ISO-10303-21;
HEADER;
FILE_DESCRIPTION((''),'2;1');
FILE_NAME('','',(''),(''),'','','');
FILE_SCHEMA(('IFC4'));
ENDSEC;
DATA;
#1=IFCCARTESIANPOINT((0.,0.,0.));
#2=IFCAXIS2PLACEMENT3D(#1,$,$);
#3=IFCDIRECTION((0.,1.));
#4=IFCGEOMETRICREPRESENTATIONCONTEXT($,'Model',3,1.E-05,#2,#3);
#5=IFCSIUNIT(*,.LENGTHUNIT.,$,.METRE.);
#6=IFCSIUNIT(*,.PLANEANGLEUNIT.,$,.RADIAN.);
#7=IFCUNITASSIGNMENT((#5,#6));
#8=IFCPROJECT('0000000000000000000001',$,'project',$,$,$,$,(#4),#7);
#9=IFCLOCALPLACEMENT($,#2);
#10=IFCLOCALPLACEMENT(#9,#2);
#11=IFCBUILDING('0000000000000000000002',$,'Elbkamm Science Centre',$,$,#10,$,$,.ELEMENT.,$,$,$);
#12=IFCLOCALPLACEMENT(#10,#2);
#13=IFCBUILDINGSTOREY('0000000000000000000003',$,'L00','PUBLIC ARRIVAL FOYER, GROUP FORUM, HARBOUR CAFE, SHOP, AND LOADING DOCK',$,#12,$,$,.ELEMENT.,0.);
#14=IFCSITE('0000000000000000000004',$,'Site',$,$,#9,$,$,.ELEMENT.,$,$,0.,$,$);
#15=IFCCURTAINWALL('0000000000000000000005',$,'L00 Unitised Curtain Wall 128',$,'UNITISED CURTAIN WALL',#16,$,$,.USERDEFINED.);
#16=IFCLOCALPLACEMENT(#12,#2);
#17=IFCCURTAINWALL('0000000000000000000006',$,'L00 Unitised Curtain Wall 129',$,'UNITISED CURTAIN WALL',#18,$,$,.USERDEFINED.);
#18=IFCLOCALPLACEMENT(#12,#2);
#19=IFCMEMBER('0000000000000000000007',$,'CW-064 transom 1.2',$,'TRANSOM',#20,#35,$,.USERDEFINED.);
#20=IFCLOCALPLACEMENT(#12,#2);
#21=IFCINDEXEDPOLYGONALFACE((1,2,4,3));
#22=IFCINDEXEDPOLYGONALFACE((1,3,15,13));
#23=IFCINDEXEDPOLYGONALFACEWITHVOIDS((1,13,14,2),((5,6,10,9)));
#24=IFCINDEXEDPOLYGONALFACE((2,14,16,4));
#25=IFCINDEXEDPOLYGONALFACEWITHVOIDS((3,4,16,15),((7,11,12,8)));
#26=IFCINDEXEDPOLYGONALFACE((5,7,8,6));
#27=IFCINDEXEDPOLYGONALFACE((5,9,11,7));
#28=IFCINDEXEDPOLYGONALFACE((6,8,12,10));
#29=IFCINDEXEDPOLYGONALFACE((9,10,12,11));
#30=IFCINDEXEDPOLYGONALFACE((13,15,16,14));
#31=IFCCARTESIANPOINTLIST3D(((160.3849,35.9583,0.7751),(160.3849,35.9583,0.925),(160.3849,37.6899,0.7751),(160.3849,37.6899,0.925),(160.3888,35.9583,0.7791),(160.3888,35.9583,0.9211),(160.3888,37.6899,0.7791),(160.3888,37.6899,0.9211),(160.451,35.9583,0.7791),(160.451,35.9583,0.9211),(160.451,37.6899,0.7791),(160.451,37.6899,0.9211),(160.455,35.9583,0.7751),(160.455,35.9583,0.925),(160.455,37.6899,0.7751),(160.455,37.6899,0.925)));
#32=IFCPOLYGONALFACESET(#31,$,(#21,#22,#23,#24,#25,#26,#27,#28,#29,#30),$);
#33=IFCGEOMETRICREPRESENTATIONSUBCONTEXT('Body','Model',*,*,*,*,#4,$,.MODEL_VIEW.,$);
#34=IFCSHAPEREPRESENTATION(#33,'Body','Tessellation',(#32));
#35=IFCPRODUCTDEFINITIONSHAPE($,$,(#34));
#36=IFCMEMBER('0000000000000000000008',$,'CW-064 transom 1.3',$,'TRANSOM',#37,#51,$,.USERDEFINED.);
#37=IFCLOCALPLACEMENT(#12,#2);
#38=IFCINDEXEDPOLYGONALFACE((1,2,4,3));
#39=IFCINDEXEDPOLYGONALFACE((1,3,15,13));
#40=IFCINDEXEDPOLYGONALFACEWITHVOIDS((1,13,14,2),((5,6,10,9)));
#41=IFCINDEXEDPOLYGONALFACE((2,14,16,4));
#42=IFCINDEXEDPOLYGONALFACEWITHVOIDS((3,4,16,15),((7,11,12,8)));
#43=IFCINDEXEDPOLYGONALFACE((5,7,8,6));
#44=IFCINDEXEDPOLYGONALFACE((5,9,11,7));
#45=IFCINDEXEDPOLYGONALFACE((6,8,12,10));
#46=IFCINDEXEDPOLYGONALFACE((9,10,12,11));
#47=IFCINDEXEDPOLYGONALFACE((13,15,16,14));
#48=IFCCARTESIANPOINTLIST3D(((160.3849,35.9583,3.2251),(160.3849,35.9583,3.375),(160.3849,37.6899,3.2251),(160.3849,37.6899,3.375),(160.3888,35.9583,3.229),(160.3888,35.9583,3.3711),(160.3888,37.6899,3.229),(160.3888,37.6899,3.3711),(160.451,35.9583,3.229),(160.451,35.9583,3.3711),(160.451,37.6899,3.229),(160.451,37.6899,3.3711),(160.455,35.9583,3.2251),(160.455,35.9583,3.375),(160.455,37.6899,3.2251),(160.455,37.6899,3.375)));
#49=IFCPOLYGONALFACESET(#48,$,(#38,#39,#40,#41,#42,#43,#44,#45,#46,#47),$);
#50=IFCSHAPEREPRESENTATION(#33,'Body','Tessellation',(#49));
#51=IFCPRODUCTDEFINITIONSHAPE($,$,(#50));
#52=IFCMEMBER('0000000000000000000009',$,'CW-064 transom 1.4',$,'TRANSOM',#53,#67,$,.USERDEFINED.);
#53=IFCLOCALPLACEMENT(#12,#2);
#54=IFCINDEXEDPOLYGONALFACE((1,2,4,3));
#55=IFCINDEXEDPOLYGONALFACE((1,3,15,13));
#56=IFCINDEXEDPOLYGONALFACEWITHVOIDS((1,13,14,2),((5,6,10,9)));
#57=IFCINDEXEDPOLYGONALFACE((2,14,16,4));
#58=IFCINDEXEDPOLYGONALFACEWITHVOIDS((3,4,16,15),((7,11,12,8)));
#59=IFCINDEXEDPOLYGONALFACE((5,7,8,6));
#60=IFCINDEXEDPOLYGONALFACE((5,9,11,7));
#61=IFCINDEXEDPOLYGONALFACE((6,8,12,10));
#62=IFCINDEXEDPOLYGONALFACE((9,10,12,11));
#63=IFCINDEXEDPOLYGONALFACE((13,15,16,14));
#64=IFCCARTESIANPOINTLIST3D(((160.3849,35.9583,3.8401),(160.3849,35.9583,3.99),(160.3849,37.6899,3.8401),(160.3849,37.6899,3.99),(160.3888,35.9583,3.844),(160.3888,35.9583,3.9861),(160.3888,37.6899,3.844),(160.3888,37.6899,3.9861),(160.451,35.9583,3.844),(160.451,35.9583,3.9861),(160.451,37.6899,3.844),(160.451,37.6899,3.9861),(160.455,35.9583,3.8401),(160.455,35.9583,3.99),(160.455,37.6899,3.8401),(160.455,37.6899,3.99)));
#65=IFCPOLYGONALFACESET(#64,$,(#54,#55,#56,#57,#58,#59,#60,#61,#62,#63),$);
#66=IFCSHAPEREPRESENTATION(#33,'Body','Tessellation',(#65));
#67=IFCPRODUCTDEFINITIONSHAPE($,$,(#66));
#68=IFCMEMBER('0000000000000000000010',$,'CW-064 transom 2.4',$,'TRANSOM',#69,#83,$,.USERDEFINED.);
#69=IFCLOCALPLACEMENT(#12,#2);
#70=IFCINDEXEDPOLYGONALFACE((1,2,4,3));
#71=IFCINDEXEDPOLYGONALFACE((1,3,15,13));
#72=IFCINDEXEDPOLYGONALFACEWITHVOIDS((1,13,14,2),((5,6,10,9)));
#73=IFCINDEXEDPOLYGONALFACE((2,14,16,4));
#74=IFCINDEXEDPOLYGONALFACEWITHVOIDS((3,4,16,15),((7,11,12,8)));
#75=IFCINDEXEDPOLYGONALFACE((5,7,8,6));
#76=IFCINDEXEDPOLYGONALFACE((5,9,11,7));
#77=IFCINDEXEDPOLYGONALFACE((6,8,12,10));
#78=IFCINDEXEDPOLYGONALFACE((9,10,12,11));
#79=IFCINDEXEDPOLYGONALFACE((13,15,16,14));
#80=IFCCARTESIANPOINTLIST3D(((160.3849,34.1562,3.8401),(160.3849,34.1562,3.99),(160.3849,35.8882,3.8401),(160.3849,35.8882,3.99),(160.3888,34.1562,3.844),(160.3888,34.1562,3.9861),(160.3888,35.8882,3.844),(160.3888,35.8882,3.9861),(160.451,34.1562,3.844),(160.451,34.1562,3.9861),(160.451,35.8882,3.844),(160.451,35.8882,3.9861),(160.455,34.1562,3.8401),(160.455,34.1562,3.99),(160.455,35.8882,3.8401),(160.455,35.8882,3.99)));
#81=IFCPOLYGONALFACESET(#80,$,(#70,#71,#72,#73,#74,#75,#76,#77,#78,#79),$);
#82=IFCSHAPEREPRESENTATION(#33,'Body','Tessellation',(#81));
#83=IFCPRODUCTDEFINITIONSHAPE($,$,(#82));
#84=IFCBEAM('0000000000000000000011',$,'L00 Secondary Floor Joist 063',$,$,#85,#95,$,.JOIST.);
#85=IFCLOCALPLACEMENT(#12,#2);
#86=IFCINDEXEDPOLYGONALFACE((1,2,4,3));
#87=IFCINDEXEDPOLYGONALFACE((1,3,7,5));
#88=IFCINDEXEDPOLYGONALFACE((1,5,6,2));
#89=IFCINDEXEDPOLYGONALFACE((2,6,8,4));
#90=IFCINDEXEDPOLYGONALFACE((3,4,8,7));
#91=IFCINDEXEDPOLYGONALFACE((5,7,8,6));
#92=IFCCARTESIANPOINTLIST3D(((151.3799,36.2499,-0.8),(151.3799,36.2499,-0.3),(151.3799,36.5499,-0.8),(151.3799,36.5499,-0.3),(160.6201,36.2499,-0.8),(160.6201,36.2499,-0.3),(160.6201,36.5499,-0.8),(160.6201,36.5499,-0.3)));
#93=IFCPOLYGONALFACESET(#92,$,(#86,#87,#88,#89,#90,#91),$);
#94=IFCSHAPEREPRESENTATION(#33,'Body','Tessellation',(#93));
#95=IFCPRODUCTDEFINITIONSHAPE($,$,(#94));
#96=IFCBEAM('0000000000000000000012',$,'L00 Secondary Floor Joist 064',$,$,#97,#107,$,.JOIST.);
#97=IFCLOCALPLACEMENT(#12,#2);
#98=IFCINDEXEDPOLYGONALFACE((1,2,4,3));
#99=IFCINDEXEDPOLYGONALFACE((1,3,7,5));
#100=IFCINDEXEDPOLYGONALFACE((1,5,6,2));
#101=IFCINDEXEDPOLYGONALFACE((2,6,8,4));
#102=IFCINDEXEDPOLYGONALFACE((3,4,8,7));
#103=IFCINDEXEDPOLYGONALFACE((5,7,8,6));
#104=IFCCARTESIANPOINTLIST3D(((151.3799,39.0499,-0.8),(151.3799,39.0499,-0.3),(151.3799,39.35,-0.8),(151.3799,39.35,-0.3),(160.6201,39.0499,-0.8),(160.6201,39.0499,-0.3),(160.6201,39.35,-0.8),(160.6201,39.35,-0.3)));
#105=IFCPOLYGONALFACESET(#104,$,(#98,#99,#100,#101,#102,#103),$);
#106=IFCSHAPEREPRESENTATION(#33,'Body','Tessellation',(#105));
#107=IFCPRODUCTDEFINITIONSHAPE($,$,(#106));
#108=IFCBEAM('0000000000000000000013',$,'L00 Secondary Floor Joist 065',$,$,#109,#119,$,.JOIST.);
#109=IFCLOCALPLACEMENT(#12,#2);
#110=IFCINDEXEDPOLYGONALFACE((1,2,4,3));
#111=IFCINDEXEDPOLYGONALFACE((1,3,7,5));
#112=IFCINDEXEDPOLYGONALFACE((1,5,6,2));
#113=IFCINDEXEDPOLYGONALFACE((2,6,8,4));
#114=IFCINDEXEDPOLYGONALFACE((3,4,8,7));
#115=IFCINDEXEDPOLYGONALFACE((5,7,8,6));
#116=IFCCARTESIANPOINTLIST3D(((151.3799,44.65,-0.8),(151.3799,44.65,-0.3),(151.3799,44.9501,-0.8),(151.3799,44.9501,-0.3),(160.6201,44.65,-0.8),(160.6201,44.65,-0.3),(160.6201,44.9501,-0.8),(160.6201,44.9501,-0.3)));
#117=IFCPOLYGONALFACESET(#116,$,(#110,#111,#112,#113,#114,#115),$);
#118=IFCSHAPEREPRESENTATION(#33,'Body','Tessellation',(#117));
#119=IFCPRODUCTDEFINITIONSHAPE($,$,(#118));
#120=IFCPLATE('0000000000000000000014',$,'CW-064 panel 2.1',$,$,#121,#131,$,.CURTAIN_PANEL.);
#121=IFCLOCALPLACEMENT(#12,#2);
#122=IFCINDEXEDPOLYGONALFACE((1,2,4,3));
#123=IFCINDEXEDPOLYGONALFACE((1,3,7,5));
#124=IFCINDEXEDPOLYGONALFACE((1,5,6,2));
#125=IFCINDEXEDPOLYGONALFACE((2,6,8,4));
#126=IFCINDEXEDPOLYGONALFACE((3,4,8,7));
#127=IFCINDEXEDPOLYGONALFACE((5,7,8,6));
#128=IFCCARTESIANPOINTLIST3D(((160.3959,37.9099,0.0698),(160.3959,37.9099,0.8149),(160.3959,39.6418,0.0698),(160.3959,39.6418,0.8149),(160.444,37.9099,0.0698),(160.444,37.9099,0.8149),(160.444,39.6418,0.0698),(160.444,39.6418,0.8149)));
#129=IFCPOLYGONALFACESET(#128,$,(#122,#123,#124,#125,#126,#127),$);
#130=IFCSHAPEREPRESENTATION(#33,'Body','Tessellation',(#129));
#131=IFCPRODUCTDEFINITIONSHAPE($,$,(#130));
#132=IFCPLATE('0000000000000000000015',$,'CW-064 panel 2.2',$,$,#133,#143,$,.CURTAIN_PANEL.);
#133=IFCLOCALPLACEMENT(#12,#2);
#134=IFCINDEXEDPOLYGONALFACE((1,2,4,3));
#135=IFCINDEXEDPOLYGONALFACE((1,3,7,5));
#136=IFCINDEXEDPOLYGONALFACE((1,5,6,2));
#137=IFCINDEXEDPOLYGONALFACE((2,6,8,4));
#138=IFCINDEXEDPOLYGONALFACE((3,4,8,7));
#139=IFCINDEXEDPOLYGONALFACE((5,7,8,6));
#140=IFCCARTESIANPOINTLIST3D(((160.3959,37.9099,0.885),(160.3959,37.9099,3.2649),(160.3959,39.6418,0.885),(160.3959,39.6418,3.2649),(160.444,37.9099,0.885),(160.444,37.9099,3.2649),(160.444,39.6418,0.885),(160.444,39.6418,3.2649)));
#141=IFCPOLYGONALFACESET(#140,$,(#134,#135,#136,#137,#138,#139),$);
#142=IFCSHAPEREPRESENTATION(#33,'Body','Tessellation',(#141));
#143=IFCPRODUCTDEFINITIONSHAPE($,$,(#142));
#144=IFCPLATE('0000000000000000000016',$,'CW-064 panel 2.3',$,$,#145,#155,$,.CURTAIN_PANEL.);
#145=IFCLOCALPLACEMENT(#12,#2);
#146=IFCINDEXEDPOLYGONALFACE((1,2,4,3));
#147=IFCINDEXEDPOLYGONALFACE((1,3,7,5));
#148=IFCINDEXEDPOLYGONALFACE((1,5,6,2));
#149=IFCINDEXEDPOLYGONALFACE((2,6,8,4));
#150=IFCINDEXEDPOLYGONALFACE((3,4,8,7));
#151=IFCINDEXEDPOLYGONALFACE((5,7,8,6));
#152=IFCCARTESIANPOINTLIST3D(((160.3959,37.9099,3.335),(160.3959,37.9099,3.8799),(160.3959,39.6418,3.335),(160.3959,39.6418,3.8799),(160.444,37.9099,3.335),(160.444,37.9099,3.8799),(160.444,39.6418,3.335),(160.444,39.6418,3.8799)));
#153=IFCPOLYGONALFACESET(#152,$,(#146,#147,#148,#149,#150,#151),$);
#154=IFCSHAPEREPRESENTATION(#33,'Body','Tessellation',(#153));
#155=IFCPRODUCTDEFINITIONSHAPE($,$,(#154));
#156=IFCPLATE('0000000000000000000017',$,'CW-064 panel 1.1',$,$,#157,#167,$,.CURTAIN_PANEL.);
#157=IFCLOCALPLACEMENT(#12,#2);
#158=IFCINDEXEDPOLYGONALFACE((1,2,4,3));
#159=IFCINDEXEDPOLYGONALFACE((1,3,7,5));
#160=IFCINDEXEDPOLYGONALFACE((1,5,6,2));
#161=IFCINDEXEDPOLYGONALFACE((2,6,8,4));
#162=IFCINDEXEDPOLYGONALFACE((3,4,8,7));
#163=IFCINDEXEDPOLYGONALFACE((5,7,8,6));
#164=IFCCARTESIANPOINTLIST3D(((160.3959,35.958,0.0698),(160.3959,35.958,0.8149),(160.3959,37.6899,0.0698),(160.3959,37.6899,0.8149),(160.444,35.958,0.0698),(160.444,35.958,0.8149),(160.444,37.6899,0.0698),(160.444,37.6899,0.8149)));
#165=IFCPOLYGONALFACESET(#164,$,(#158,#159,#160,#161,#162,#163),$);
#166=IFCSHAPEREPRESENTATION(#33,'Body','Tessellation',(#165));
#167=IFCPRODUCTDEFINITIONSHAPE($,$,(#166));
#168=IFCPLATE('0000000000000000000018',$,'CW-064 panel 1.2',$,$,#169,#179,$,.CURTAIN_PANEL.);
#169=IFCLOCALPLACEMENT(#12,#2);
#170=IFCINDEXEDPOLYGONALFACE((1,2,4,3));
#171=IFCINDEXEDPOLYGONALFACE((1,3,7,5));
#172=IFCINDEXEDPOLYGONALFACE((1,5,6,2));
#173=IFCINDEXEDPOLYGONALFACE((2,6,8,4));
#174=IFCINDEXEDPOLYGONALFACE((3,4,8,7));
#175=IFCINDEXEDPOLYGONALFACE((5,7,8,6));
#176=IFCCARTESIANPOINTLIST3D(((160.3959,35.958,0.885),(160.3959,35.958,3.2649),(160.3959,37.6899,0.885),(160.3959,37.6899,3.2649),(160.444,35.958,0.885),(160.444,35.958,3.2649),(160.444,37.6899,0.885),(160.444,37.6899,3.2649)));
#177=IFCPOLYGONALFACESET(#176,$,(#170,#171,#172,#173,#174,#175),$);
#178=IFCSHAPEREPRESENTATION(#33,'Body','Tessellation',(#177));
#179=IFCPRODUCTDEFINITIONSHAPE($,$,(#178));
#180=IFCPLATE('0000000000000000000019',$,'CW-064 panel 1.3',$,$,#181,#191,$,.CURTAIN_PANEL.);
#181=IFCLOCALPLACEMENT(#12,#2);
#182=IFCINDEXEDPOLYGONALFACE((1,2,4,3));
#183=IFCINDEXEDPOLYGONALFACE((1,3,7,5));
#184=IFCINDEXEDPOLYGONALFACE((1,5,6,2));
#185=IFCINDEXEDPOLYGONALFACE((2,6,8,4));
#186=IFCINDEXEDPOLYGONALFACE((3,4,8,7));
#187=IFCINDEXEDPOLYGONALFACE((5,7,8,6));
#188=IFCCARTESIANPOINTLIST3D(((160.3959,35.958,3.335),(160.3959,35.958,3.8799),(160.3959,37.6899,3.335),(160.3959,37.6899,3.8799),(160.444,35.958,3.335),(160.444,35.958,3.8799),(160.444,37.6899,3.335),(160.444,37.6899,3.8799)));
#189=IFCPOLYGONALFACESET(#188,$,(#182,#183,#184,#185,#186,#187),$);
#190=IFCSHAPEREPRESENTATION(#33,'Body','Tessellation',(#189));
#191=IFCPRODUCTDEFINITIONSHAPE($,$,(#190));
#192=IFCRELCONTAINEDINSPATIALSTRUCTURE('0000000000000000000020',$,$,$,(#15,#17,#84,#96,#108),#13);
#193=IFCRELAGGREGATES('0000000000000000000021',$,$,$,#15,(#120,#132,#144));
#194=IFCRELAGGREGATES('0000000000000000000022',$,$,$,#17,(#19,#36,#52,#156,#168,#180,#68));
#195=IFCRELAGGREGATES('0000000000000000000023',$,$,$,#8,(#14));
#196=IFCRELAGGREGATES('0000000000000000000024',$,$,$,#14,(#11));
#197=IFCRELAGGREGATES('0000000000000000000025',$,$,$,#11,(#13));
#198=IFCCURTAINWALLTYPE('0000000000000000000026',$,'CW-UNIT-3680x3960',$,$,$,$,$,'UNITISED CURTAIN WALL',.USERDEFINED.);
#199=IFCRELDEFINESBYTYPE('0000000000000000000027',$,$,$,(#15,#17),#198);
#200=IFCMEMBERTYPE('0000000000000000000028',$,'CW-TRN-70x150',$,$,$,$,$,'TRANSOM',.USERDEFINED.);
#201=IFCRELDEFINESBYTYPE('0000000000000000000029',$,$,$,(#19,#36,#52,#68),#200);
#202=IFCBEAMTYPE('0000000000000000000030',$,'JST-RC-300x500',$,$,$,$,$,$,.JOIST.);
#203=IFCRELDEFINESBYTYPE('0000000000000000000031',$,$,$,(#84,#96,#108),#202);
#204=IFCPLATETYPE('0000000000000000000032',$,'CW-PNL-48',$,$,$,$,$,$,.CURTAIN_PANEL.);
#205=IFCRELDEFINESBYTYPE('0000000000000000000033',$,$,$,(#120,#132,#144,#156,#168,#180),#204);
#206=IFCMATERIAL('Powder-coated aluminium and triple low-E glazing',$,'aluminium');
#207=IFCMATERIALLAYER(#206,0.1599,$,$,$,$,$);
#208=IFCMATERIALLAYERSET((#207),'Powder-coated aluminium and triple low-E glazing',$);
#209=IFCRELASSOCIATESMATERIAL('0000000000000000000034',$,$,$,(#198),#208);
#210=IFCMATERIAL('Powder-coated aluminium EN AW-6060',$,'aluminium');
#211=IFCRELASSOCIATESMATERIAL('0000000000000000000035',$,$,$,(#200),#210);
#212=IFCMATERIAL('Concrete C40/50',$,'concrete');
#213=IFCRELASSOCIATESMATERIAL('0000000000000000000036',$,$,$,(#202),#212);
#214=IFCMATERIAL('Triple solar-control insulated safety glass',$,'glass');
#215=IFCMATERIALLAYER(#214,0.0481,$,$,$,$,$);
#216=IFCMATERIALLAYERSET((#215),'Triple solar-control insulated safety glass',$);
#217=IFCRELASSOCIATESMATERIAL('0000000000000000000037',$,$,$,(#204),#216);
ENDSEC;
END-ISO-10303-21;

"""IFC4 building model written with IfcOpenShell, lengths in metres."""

from ifc_helpers import new_model, si_unit, direction, frame, origin, origin_2d, place, context, subcontext, project, spatial, rectangle, hollow_rectangle, extrude, material, layer, layer_set, material_profile, profile_set, type_object, element, aggregate, save


model = new_model("IFC4")

# Units and contexts
model_context = context("Model", 3, precision=1e-05, world=origin(), true_north=direction((0.0, 1.0)))
body_context = subcontext(model_context, "Body", "Model", "MODEL_VIEW")
ifc_project = project(units=[si_unit("LENGTHUNIT", "METRE"), si_unit("PLANEANGLEUNIT", "RADIAN")], contexts=[model_context])

# Site, building, storey
site_placement = place(None, origin())
site = spatial("IfcSite", under=ifc_project, at=site_placement, Name="Site", CompositionType="ELEMENT", RefElevation=0.0)
building_placement = place(site_placement, origin())
building = spatial("IfcBuilding", under=site, at=building_placement, Name="Elbkamm Science Centre", CompositionType="ELEMENT")
storey_placement = place(building_placement, origin())
storey = spatial("IfcBuildingStorey", under=building, at=storey_placement, Name="L00", Description="PUBLIC ARRIVAL FOYER, GROUP FORUM, HARBOUR CAFE, SHOP, AND LOADING DOCK", CompositionType="ELEMENT", Elevation=0.0)

# Shared definitions
ifc_material_1 = material(Name="Concrete C40/50", Category="concrete")

# Curtain wall
ifc_material_2 = material(Name="Powder-coated aluminium and triple low-E glazing", Category="aluminium")
ifc_layer_1 = layer(ifc_material_2, 0.1599)
ifc_layer_set_1 = layer_set([ifc_layer_1], Name="Powder-coated aluminium and triple low-E glazing")
curtain_wall_type = type_object("IfcCurtainWallType", Name="CW-UNIT-3680x3960", ElementType="UNITISED CURTAIN WALL", PredefinedType="USERDEFINED", material=ifc_layer_set_1)
curtain_wall_1_placement = place(storey_placement, origin())
curtain_wall_1 = element("IfcCurtainWall", 1, at=curtain_wall_1_placement, inside=storey, type_object=curtain_wall_type, Name="L00 Unitised Curtain Wall 128", ObjectType="UNITISED CURTAIN WALL", PredefinedType="USERDEFINED")
ifc_material_3 = material(Name="Powder-coated aluminium EN AW-6060", Category="aluminium")

# Curtain wall
curtain_wall_2_placement = place(storey_placement, origin())
curtain_wall_2 = element("IfcCurtainWall", 2, at=curtain_wall_2_placement, inside=storey, type_object=curtain_wall_type, Name="L00 Unitised Curtain Wall 129", ObjectType="UNITISED CURTAIN WALL", PredefinedType="USERDEFINED")

# Members
ifc_material_profile_1 = material_profile(ifc_material_3, hollow_rectangle(XDim=0.0701, YDim=0.1499, WallThickness=0.0039, at=origin_2d()), Name="ALU T70x150")
ifc_profile_set_1 = profile_set([ifc_material_profile_1], Name="Powder-coated aluminium EN AW-6060")
member_type_1 = type_object("IfcMemberType", Name="CW-TRN-70x150", ElementType="TRANSOM", PredefinedType="USERDEFINED", material=ifc_profile_set_1)
member_1_placement = place(storey_placement, frame((160.4199, 37.6899, 0.8501), z_axis=(0.0, -1.0, 0.0), x_axis=(1.0, 0.0, 0.0)))
member_1 = element("IfcMember", 3, at=member_1_placement, type_object=member_type_1, Name="CW-064 transom 1.2", ObjectType="TRANSOM", PredefinedType="USERDEFINED", context=body_context, shape_type="SweptSolid", body=[
    extrude(hollow_rectangle(XDim=0.0701, YDim=0.1499, WallThickness=0.0039, at=origin_2d()), origin(), (0.0, 0.0, 1.0), 1.7317),
])
member_2_placement = place(storey_placement, frame((160.4199, 37.6899, 3.3), z_axis=(0.0, -1.0, 0.0), x_axis=(1.0, 0.0, 0.0)))
member_2 = element("IfcMember", 4, at=member_2_placement, type_object=member_type_1, Name="CW-064 transom 1.3", ObjectType="TRANSOM", PredefinedType="USERDEFINED", context=body_context, shape_type="SweptSolid", body=[
    extrude(hollow_rectangle(XDim=0.0701, YDim=0.1499, WallThickness=0.0039, at=origin_2d()), origin(), (0.0, 0.0, 1.0), 1.7317),
])
member_3_placement = place(storey_placement, frame((160.4199, 37.6899, 3.915), z_axis=(0.0, -1.0, 0.0), x_axis=(1.0, 0.0, 0.0)))
member_3 = element("IfcMember", 5, at=member_3_placement, type_object=member_type_1, Name="CW-064 transom 1.4", ObjectType="TRANSOM", PredefinedType="USERDEFINED", context=body_context, shape_type="SweptSolid", body=[
    extrude(hollow_rectangle(XDim=0.0701, YDim=0.1499, WallThickness=0.0039, at=origin_2d()), origin(), (0.0, 0.0, 1.0), 1.7317),
])
member_4_placement = place(storey_placement, frame((160.4199, 35.8882, 3.915), z_axis=(0.0, -1.0, 0.0), x_axis=(1.0, 0.0, 0.0)))
member_4 = element("IfcMember", 6, at=member_4_placement, type_object=member_type_1, Name="CW-064 transom 2.4", ObjectType="TRANSOM", PredefinedType="USERDEFINED", context=body_context, shape_type="SweptSolid", body=[
    extrude(hollow_rectangle(XDim=0.0701, YDim=0.1499, WallThickness=0.0039, at=origin_2d()), origin(), (0.0, 0.0, 1.0), 1.7319),
])

# Beams
ifc_material_profile_2 = material_profile(ifc_material_1, rectangle(XDim=0.3, YDim=0.5, at=origin_2d()), Name="RC 300x500")
ifc_profile_set_2 = profile_set([ifc_material_profile_2], Name="Concrete C40/50")
beam_type_1 = type_object("IfcBeamType", Name="JST-RC-300x500", PredefinedType="JOIST", material=ifc_profile_set_2)
for number, where, z_axis, x_axis, name in (
    (7, (151.3799, 36.3999, -0.55), (1.0, 0.0, 0.0), (0.0, 1.0, 0.0), "L00 Secondary Floor Joist 063"),
    (8, (151.3799, 39.2, -0.55), (1.0, 0.0, 0.0), (0.0, 1.0, 0.0), "L00 Secondary Floor Joist 064"),
    (9, (151.3799, 44.8, -0.55), (1.0, 0.0, 0.0), (0.0, 1.0, 0.0), "L00 Secondary Floor Joist 065"),
):
    element("IfcBeam", number, at=place(storey_placement, frame(where, z_axis=z_axis, x_axis=x_axis)), inside=storey, type_object=beam_type_1, Name=name, PredefinedType="JOIST", context=body_context, shape_type="SweptSolid", body=[
        extrude(rectangle(XDim=0.3, YDim=0.5, at=origin_2d()), origin(), (0.0, 0.0, 1.0), 9.2402),
    ])

# Plates
ifc_material_4 = material(Name="Triple solar-control insulated safety glass", Category="glass")
ifc_layer_2 = layer(ifc_material_4, 0.0481)
ifc_layer_set_2 = layer_set([ifc_layer_2], Name="Triple solar-control insulated safety glass")
plate_type = type_object("IfcPlateType", Name="CW-PNL-48", PredefinedType="CURTAIN_PANEL", material=ifc_layer_set_2)
plate_1_placement = place(storey_placement, frame((160.4199, 38.7759, 0.0698), z_axis=(0.0, 0.0, 1.0), x_axis=(0.0, -1.0, 0.0)))
plate_1 = element("IfcPlate", 10, at=plate_1_placement, type_object=plate_type, Name="CW-064 panel 2.1", PredefinedType="CURTAIN_PANEL", context=body_context, shape_type="SweptSolid", body=[
    extrude(rectangle(XDim=1.7319, YDim=0.0481, at=origin_2d()), origin(), (0.0, 0.0, 1.0), 0.7451),
])
plate_2_placement = place(storey_placement, frame((160.4199, 38.7759, 0.885), z_axis=(0.0, 0.0, 1.0), x_axis=(0.0, -1.0, 0.0)))
plate_2 = element("IfcPlate", 11, at=plate_2_placement, type_object=plate_type, Name="CW-064 panel 2.2", PredefinedType="CURTAIN_PANEL", context=body_context, shape_type="SweptSolid", body=[
    extrude(rectangle(XDim=1.7319, YDim=0.0481, at=origin_2d()), origin(), (0.0, 0.0, 1.0), 2.3799),
])
plate_3_placement = place(storey_placement, frame((160.4199, 38.7759, 3.335), z_axis=(0.0, 0.0, 1.0), x_axis=(0.0, -1.0, 0.0)))
plate_3 = element("IfcPlate", 12, at=plate_3_placement, type_object=plate_type, Name="CW-064 panel 2.3", PredefinedType="CURTAIN_PANEL", context=body_context, shape_type="SweptSolid", body=[
    extrude(rectangle(XDim=1.7319, YDim=0.0481, at=origin_2d()), origin(), (0.0, 0.0, 1.0), 0.5449),
])
aggregate(curtain_wall_1, [plate_1, plate_2, plate_3])
plate_4_placement = place(storey_placement, frame((160.4199, 36.824, 0.0698), z_axis=(0.0, 0.0, 1.0), x_axis=(0.0, -1.0, 0.0)))
plate_4 = element("IfcPlate", 13, at=plate_4_placement, type_object=plate_type, Name="CW-064 panel 1.1", PredefinedType="CURTAIN_PANEL", context=body_context, shape_type="SweptSolid", body=[
    extrude(rectangle(XDim=1.7319, YDim=0.0481, at=origin_2d()), origin(), (0.0, 0.0, 1.0), 0.7451),
])
plate_5_placement = place(storey_placement, frame((160.4199, 36.824, 0.885), z_axis=(0.0, 0.0, 1.0), x_axis=(0.0, -1.0, 0.0)))
plate_5 = element("IfcPlate", 14, at=plate_5_placement, type_object=plate_type, Name="CW-064 panel 1.2", PredefinedType="CURTAIN_PANEL", context=body_context, shape_type="SweptSolid", body=[
    extrude(rectangle(XDim=1.7319, YDim=0.0481, at=origin_2d()), origin(), (0.0, 0.0, 1.0), 2.3799),
])
plate_6_placement = place(storey_placement, frame((160.4199, 36.824, 3.335), z_axis=(0.0, 0.0, 1.0), x_axis=(0.0, -1.0, 0.0)))
plate_6 = element("IfcPlate", 15, at=plate_6_placement, type_object=plate_type, Name="CW-064 panel 1.3", PredefinedType="CURTAIN_PANEL", context=body_context, shape_type="SweptSolid", body=[
    extrude(rectangle(XDim=1.7319, YDim=0.0481, at=origin_2d()), origin(), (0.0, 0.0, 1.0), 0.5449),
])
aggregate(curtain_wall_2, [member_1, member_2, member_3, plate_4, plate_5, plate_6, member_4])

save(model, "model.ifc")
